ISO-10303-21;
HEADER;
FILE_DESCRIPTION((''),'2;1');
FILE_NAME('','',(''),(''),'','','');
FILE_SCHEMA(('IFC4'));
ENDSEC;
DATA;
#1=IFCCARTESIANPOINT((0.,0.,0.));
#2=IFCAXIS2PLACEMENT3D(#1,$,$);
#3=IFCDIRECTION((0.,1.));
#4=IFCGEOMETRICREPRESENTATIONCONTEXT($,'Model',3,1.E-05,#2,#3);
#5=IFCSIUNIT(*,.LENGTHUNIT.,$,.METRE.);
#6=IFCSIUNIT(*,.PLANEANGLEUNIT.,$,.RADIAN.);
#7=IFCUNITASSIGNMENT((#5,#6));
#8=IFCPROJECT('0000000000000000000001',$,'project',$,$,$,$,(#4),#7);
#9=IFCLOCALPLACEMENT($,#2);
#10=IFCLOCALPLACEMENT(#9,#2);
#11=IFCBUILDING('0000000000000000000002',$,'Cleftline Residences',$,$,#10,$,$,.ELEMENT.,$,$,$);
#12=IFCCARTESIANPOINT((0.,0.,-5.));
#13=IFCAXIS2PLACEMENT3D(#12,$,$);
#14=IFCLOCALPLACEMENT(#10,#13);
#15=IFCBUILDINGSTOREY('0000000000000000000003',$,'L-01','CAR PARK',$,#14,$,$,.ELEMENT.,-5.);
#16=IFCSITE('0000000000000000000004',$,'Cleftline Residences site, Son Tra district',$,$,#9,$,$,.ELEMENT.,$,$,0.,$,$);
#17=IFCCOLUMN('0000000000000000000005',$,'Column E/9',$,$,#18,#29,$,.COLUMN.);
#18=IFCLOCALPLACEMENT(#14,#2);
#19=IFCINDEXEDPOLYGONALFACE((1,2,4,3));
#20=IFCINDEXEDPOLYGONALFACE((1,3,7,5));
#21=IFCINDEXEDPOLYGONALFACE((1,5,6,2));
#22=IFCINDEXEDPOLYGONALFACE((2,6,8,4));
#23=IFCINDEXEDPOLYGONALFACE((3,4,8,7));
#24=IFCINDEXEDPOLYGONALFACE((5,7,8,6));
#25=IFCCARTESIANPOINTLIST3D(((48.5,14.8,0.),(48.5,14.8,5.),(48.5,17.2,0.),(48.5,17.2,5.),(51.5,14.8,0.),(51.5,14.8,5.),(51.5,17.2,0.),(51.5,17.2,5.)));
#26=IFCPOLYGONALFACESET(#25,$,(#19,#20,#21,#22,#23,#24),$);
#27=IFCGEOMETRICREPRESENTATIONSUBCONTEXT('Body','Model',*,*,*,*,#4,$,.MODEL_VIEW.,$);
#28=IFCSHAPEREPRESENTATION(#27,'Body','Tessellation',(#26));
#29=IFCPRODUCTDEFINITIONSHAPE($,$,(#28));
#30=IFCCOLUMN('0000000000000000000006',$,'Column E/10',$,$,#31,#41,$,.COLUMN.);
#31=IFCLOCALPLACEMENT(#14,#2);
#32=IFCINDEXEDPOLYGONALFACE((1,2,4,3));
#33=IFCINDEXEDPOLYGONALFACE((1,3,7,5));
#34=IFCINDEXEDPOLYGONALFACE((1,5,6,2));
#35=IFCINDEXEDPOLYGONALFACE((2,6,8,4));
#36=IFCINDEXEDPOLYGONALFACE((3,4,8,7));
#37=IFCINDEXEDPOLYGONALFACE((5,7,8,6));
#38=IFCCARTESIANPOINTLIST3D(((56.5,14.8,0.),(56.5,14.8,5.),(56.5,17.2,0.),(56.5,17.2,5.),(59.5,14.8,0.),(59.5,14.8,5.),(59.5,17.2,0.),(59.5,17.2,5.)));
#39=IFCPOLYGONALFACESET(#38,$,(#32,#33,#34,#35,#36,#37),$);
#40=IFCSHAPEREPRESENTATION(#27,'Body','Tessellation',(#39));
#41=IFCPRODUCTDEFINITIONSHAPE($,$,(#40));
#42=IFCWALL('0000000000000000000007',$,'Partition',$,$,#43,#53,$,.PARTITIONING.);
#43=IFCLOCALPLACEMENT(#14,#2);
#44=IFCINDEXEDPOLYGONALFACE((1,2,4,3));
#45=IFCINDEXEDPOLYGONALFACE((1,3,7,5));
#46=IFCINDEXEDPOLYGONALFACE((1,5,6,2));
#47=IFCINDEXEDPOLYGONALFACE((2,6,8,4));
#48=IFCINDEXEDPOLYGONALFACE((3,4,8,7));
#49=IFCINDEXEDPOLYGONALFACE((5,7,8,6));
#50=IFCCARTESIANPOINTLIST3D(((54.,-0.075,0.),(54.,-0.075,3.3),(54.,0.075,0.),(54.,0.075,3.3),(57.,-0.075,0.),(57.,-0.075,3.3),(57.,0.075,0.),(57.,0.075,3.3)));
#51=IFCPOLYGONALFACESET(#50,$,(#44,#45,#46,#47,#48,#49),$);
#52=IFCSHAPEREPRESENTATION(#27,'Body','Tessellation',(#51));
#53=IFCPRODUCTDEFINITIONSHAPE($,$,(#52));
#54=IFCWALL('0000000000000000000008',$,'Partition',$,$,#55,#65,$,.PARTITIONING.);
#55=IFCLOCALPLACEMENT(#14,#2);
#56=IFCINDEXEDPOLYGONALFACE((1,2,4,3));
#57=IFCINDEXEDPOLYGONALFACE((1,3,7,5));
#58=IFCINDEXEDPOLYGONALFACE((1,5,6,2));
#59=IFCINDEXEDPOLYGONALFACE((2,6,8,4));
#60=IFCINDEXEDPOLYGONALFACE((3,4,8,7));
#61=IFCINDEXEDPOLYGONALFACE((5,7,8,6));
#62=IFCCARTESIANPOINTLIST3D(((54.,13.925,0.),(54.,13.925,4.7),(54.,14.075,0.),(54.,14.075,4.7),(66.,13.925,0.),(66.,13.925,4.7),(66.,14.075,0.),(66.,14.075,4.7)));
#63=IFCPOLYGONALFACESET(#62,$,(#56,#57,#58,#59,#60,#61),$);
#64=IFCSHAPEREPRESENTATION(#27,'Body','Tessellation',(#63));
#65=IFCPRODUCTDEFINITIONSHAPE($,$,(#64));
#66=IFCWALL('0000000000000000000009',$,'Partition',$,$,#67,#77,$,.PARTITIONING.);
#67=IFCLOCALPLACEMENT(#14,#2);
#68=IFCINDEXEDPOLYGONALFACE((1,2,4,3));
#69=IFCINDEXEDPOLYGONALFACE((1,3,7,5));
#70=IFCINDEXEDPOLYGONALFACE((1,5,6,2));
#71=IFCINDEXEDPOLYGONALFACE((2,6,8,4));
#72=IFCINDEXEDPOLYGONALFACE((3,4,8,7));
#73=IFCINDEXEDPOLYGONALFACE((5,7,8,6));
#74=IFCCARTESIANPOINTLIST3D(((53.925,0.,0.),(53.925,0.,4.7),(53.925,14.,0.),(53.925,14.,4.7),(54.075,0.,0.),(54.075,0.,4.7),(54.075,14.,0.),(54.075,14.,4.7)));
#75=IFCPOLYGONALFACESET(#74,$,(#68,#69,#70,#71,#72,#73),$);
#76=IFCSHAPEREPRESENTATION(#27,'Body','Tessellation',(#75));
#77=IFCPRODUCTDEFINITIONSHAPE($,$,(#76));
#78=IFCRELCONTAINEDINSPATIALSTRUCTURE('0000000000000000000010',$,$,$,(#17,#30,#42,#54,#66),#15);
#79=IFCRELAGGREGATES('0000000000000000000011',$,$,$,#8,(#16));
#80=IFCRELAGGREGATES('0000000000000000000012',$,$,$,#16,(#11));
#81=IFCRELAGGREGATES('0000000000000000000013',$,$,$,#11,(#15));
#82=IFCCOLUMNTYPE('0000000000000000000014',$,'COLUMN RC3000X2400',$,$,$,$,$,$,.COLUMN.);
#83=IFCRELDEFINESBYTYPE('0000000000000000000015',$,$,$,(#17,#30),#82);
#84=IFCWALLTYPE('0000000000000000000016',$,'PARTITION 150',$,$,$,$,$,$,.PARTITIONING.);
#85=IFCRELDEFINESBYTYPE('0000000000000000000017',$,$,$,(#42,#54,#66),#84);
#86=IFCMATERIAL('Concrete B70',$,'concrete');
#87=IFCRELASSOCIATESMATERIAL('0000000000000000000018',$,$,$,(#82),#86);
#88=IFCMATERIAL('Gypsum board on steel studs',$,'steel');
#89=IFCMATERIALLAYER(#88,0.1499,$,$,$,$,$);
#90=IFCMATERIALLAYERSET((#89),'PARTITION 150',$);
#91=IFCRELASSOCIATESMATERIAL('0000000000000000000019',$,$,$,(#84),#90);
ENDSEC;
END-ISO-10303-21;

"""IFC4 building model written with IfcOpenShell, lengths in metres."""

from ifc_helpers import new_model, si_unit, direction, frame, frame_2d, origin, origin_2d, place, context, subcontext, project, spatial, rectangle, extrude, material, layer, layer_set, material_profile, profile_set, type_object, element, save


model = new_model("IFC4")

# Units and contexts
model_context = context("Model", 3, precision=1e-05, world=origin(), true_north=direction((0.0, 1.0)))
body_context = subcontext(model_context, "Body", "Model", "MODEL_VIEW")
ifc_project = project(units=[si_unit("LENGTHUNIT", "METRE"), si_unit("PLANEANGLEUNIT", "RADIAN")], contexts=[model_context])

# Site, building, storey
site_placement = place(None, origin())
site = spatial("IfcSite", under=ifc_project, at=site_placement, Name="Cleftline Residences site, Son Tra district", CompositionType="ELEMENT", RefElevation=0.0)
building_placement = place(site_placement, origin())
building = spatial("IfcBuilding", under=site, at=building_placement, Name="Cleftline Residences", CompositionType="ELEMENT")
storey_placement = place(building_placement, frame((0.0, 0.0, -5.0)))
storey = spatial("IfcBuildingStorey", under=building, at=storey_placement, Name="L-01", Description="CAR PARK", CompositionType="ELEMENT", Elevation=-5.0)

# Columns
ifc_material_1 = material(Name="Concrete B70", Category="concrete")
ifc_material_profile_1 = material_profile(ifc_material_1, rectangle(XDim=3.0, YDim=2.3999, at=origin_2d()))
ifc_profile_set_1 = profile_set([ifc_material_profile_1], Name="Concrete B70")
column_type_1 = type_object("IfcColumnType", Name="COLUMN RC3000X2400", PredefinedType="COLUMN", material=ifc_profile_set_1)
for number, where, z_axis, x_axis, name in (
    (1, (50.0, 16.0, 0.0), (0.0, 0.0, 1.0), (1.0, 0.0, 0.0), "Column E/9"),
    (2, (58.0, 16.0, 0.0), (0.0, 0.0, 1.0), (1.0, 0.0, 0.0), "Column E/10"),
):
    element("IfcColumn", number, at=place(storey_placement, frame(where, z_axis=z_axis, x_axis=x_axis)), inside=storey, type_object=column_type_1, Name=name, PredefinedType="COLUMN", context=body_context, shape_type="SweptSolid", body=[
        extrude(rectangle(XDim=3.0, YDim=2.3999, at=origin_2d()), origin(), (0.0, 0.0, 1.0), 5.0),
    ])

# Walls
ifc_material_2 = material(Name="Gypsum board on steel studs", Category="steel")
ifc_layer = layer(ifc_material_2, 0.1499)
ifc_layer_set = layer_set([ifc_layer], Name="PARTITION 150")
wall_type = type_object("IfcWallType", Name="PARTITION 150", PredefinedType="PARTITIONING", material=ifc_layer_set)
wall_1_placement = place(storey_placement, frame((54.0, 0.0, 0.0), z_axis=(0.0, 0.0, 1.0), x_axis=(1.0, 0.0, 0.0)))
element("IfcWall", 3, at=wall_1_placement, inside=storey, type_object=wall_type, Name="Partition", PredefinedType="PARTITIONING", context=body_context, shape_type="SweptSolid", body=[
    extrude(rectangle(XDim=3.0, YDim=0.1499, at=frame_2d((1.5, 0.0))), origin(), (0.0, 0.0, 1.0), 3.3),
])
wall_2_placement = place(storey_placement, frame((54.0, 14.0, 0.0), z_axis=(0.0, 0.0, 1.0), x_axis=(1.0, 0.0, 0.0)))
element("IfcWall", 4, at=wall_2_placement, inside=storey, type_object=wall_type, Name="Partition", PredefinedType="PARTITIONING", context=body_context, shape_type="SweptSolid", body=[
    extrude(rectangle(XDim=12.0, YDim=0.1499, at=frame_2d((6.0, 0.0))), origin(), (0.0, 0.0, 1.0), 4.7),
])
wall_3_placement = place(storey_placement, frame((54.0, 0.0, 0.0), z_axis=(0.0, 0.0, 1.0), x_axis=(0.0, 1.0, 0.0)))
element("IfcWall", 5, at=wall_3_placement, inside=storey, type_object=wall_type, Name="Partition", PredefinedType="PARTITIONING", context=body_context, shape_type="SweptSolid", body=[
    extrude(rectangle(XDim=14.0, YDim=0.1499, at=frame_2d((7.0, 0.0))), origin(), (0.0, 0.0, 1.0), 4.7),
])

save(model, "model.ifc")
